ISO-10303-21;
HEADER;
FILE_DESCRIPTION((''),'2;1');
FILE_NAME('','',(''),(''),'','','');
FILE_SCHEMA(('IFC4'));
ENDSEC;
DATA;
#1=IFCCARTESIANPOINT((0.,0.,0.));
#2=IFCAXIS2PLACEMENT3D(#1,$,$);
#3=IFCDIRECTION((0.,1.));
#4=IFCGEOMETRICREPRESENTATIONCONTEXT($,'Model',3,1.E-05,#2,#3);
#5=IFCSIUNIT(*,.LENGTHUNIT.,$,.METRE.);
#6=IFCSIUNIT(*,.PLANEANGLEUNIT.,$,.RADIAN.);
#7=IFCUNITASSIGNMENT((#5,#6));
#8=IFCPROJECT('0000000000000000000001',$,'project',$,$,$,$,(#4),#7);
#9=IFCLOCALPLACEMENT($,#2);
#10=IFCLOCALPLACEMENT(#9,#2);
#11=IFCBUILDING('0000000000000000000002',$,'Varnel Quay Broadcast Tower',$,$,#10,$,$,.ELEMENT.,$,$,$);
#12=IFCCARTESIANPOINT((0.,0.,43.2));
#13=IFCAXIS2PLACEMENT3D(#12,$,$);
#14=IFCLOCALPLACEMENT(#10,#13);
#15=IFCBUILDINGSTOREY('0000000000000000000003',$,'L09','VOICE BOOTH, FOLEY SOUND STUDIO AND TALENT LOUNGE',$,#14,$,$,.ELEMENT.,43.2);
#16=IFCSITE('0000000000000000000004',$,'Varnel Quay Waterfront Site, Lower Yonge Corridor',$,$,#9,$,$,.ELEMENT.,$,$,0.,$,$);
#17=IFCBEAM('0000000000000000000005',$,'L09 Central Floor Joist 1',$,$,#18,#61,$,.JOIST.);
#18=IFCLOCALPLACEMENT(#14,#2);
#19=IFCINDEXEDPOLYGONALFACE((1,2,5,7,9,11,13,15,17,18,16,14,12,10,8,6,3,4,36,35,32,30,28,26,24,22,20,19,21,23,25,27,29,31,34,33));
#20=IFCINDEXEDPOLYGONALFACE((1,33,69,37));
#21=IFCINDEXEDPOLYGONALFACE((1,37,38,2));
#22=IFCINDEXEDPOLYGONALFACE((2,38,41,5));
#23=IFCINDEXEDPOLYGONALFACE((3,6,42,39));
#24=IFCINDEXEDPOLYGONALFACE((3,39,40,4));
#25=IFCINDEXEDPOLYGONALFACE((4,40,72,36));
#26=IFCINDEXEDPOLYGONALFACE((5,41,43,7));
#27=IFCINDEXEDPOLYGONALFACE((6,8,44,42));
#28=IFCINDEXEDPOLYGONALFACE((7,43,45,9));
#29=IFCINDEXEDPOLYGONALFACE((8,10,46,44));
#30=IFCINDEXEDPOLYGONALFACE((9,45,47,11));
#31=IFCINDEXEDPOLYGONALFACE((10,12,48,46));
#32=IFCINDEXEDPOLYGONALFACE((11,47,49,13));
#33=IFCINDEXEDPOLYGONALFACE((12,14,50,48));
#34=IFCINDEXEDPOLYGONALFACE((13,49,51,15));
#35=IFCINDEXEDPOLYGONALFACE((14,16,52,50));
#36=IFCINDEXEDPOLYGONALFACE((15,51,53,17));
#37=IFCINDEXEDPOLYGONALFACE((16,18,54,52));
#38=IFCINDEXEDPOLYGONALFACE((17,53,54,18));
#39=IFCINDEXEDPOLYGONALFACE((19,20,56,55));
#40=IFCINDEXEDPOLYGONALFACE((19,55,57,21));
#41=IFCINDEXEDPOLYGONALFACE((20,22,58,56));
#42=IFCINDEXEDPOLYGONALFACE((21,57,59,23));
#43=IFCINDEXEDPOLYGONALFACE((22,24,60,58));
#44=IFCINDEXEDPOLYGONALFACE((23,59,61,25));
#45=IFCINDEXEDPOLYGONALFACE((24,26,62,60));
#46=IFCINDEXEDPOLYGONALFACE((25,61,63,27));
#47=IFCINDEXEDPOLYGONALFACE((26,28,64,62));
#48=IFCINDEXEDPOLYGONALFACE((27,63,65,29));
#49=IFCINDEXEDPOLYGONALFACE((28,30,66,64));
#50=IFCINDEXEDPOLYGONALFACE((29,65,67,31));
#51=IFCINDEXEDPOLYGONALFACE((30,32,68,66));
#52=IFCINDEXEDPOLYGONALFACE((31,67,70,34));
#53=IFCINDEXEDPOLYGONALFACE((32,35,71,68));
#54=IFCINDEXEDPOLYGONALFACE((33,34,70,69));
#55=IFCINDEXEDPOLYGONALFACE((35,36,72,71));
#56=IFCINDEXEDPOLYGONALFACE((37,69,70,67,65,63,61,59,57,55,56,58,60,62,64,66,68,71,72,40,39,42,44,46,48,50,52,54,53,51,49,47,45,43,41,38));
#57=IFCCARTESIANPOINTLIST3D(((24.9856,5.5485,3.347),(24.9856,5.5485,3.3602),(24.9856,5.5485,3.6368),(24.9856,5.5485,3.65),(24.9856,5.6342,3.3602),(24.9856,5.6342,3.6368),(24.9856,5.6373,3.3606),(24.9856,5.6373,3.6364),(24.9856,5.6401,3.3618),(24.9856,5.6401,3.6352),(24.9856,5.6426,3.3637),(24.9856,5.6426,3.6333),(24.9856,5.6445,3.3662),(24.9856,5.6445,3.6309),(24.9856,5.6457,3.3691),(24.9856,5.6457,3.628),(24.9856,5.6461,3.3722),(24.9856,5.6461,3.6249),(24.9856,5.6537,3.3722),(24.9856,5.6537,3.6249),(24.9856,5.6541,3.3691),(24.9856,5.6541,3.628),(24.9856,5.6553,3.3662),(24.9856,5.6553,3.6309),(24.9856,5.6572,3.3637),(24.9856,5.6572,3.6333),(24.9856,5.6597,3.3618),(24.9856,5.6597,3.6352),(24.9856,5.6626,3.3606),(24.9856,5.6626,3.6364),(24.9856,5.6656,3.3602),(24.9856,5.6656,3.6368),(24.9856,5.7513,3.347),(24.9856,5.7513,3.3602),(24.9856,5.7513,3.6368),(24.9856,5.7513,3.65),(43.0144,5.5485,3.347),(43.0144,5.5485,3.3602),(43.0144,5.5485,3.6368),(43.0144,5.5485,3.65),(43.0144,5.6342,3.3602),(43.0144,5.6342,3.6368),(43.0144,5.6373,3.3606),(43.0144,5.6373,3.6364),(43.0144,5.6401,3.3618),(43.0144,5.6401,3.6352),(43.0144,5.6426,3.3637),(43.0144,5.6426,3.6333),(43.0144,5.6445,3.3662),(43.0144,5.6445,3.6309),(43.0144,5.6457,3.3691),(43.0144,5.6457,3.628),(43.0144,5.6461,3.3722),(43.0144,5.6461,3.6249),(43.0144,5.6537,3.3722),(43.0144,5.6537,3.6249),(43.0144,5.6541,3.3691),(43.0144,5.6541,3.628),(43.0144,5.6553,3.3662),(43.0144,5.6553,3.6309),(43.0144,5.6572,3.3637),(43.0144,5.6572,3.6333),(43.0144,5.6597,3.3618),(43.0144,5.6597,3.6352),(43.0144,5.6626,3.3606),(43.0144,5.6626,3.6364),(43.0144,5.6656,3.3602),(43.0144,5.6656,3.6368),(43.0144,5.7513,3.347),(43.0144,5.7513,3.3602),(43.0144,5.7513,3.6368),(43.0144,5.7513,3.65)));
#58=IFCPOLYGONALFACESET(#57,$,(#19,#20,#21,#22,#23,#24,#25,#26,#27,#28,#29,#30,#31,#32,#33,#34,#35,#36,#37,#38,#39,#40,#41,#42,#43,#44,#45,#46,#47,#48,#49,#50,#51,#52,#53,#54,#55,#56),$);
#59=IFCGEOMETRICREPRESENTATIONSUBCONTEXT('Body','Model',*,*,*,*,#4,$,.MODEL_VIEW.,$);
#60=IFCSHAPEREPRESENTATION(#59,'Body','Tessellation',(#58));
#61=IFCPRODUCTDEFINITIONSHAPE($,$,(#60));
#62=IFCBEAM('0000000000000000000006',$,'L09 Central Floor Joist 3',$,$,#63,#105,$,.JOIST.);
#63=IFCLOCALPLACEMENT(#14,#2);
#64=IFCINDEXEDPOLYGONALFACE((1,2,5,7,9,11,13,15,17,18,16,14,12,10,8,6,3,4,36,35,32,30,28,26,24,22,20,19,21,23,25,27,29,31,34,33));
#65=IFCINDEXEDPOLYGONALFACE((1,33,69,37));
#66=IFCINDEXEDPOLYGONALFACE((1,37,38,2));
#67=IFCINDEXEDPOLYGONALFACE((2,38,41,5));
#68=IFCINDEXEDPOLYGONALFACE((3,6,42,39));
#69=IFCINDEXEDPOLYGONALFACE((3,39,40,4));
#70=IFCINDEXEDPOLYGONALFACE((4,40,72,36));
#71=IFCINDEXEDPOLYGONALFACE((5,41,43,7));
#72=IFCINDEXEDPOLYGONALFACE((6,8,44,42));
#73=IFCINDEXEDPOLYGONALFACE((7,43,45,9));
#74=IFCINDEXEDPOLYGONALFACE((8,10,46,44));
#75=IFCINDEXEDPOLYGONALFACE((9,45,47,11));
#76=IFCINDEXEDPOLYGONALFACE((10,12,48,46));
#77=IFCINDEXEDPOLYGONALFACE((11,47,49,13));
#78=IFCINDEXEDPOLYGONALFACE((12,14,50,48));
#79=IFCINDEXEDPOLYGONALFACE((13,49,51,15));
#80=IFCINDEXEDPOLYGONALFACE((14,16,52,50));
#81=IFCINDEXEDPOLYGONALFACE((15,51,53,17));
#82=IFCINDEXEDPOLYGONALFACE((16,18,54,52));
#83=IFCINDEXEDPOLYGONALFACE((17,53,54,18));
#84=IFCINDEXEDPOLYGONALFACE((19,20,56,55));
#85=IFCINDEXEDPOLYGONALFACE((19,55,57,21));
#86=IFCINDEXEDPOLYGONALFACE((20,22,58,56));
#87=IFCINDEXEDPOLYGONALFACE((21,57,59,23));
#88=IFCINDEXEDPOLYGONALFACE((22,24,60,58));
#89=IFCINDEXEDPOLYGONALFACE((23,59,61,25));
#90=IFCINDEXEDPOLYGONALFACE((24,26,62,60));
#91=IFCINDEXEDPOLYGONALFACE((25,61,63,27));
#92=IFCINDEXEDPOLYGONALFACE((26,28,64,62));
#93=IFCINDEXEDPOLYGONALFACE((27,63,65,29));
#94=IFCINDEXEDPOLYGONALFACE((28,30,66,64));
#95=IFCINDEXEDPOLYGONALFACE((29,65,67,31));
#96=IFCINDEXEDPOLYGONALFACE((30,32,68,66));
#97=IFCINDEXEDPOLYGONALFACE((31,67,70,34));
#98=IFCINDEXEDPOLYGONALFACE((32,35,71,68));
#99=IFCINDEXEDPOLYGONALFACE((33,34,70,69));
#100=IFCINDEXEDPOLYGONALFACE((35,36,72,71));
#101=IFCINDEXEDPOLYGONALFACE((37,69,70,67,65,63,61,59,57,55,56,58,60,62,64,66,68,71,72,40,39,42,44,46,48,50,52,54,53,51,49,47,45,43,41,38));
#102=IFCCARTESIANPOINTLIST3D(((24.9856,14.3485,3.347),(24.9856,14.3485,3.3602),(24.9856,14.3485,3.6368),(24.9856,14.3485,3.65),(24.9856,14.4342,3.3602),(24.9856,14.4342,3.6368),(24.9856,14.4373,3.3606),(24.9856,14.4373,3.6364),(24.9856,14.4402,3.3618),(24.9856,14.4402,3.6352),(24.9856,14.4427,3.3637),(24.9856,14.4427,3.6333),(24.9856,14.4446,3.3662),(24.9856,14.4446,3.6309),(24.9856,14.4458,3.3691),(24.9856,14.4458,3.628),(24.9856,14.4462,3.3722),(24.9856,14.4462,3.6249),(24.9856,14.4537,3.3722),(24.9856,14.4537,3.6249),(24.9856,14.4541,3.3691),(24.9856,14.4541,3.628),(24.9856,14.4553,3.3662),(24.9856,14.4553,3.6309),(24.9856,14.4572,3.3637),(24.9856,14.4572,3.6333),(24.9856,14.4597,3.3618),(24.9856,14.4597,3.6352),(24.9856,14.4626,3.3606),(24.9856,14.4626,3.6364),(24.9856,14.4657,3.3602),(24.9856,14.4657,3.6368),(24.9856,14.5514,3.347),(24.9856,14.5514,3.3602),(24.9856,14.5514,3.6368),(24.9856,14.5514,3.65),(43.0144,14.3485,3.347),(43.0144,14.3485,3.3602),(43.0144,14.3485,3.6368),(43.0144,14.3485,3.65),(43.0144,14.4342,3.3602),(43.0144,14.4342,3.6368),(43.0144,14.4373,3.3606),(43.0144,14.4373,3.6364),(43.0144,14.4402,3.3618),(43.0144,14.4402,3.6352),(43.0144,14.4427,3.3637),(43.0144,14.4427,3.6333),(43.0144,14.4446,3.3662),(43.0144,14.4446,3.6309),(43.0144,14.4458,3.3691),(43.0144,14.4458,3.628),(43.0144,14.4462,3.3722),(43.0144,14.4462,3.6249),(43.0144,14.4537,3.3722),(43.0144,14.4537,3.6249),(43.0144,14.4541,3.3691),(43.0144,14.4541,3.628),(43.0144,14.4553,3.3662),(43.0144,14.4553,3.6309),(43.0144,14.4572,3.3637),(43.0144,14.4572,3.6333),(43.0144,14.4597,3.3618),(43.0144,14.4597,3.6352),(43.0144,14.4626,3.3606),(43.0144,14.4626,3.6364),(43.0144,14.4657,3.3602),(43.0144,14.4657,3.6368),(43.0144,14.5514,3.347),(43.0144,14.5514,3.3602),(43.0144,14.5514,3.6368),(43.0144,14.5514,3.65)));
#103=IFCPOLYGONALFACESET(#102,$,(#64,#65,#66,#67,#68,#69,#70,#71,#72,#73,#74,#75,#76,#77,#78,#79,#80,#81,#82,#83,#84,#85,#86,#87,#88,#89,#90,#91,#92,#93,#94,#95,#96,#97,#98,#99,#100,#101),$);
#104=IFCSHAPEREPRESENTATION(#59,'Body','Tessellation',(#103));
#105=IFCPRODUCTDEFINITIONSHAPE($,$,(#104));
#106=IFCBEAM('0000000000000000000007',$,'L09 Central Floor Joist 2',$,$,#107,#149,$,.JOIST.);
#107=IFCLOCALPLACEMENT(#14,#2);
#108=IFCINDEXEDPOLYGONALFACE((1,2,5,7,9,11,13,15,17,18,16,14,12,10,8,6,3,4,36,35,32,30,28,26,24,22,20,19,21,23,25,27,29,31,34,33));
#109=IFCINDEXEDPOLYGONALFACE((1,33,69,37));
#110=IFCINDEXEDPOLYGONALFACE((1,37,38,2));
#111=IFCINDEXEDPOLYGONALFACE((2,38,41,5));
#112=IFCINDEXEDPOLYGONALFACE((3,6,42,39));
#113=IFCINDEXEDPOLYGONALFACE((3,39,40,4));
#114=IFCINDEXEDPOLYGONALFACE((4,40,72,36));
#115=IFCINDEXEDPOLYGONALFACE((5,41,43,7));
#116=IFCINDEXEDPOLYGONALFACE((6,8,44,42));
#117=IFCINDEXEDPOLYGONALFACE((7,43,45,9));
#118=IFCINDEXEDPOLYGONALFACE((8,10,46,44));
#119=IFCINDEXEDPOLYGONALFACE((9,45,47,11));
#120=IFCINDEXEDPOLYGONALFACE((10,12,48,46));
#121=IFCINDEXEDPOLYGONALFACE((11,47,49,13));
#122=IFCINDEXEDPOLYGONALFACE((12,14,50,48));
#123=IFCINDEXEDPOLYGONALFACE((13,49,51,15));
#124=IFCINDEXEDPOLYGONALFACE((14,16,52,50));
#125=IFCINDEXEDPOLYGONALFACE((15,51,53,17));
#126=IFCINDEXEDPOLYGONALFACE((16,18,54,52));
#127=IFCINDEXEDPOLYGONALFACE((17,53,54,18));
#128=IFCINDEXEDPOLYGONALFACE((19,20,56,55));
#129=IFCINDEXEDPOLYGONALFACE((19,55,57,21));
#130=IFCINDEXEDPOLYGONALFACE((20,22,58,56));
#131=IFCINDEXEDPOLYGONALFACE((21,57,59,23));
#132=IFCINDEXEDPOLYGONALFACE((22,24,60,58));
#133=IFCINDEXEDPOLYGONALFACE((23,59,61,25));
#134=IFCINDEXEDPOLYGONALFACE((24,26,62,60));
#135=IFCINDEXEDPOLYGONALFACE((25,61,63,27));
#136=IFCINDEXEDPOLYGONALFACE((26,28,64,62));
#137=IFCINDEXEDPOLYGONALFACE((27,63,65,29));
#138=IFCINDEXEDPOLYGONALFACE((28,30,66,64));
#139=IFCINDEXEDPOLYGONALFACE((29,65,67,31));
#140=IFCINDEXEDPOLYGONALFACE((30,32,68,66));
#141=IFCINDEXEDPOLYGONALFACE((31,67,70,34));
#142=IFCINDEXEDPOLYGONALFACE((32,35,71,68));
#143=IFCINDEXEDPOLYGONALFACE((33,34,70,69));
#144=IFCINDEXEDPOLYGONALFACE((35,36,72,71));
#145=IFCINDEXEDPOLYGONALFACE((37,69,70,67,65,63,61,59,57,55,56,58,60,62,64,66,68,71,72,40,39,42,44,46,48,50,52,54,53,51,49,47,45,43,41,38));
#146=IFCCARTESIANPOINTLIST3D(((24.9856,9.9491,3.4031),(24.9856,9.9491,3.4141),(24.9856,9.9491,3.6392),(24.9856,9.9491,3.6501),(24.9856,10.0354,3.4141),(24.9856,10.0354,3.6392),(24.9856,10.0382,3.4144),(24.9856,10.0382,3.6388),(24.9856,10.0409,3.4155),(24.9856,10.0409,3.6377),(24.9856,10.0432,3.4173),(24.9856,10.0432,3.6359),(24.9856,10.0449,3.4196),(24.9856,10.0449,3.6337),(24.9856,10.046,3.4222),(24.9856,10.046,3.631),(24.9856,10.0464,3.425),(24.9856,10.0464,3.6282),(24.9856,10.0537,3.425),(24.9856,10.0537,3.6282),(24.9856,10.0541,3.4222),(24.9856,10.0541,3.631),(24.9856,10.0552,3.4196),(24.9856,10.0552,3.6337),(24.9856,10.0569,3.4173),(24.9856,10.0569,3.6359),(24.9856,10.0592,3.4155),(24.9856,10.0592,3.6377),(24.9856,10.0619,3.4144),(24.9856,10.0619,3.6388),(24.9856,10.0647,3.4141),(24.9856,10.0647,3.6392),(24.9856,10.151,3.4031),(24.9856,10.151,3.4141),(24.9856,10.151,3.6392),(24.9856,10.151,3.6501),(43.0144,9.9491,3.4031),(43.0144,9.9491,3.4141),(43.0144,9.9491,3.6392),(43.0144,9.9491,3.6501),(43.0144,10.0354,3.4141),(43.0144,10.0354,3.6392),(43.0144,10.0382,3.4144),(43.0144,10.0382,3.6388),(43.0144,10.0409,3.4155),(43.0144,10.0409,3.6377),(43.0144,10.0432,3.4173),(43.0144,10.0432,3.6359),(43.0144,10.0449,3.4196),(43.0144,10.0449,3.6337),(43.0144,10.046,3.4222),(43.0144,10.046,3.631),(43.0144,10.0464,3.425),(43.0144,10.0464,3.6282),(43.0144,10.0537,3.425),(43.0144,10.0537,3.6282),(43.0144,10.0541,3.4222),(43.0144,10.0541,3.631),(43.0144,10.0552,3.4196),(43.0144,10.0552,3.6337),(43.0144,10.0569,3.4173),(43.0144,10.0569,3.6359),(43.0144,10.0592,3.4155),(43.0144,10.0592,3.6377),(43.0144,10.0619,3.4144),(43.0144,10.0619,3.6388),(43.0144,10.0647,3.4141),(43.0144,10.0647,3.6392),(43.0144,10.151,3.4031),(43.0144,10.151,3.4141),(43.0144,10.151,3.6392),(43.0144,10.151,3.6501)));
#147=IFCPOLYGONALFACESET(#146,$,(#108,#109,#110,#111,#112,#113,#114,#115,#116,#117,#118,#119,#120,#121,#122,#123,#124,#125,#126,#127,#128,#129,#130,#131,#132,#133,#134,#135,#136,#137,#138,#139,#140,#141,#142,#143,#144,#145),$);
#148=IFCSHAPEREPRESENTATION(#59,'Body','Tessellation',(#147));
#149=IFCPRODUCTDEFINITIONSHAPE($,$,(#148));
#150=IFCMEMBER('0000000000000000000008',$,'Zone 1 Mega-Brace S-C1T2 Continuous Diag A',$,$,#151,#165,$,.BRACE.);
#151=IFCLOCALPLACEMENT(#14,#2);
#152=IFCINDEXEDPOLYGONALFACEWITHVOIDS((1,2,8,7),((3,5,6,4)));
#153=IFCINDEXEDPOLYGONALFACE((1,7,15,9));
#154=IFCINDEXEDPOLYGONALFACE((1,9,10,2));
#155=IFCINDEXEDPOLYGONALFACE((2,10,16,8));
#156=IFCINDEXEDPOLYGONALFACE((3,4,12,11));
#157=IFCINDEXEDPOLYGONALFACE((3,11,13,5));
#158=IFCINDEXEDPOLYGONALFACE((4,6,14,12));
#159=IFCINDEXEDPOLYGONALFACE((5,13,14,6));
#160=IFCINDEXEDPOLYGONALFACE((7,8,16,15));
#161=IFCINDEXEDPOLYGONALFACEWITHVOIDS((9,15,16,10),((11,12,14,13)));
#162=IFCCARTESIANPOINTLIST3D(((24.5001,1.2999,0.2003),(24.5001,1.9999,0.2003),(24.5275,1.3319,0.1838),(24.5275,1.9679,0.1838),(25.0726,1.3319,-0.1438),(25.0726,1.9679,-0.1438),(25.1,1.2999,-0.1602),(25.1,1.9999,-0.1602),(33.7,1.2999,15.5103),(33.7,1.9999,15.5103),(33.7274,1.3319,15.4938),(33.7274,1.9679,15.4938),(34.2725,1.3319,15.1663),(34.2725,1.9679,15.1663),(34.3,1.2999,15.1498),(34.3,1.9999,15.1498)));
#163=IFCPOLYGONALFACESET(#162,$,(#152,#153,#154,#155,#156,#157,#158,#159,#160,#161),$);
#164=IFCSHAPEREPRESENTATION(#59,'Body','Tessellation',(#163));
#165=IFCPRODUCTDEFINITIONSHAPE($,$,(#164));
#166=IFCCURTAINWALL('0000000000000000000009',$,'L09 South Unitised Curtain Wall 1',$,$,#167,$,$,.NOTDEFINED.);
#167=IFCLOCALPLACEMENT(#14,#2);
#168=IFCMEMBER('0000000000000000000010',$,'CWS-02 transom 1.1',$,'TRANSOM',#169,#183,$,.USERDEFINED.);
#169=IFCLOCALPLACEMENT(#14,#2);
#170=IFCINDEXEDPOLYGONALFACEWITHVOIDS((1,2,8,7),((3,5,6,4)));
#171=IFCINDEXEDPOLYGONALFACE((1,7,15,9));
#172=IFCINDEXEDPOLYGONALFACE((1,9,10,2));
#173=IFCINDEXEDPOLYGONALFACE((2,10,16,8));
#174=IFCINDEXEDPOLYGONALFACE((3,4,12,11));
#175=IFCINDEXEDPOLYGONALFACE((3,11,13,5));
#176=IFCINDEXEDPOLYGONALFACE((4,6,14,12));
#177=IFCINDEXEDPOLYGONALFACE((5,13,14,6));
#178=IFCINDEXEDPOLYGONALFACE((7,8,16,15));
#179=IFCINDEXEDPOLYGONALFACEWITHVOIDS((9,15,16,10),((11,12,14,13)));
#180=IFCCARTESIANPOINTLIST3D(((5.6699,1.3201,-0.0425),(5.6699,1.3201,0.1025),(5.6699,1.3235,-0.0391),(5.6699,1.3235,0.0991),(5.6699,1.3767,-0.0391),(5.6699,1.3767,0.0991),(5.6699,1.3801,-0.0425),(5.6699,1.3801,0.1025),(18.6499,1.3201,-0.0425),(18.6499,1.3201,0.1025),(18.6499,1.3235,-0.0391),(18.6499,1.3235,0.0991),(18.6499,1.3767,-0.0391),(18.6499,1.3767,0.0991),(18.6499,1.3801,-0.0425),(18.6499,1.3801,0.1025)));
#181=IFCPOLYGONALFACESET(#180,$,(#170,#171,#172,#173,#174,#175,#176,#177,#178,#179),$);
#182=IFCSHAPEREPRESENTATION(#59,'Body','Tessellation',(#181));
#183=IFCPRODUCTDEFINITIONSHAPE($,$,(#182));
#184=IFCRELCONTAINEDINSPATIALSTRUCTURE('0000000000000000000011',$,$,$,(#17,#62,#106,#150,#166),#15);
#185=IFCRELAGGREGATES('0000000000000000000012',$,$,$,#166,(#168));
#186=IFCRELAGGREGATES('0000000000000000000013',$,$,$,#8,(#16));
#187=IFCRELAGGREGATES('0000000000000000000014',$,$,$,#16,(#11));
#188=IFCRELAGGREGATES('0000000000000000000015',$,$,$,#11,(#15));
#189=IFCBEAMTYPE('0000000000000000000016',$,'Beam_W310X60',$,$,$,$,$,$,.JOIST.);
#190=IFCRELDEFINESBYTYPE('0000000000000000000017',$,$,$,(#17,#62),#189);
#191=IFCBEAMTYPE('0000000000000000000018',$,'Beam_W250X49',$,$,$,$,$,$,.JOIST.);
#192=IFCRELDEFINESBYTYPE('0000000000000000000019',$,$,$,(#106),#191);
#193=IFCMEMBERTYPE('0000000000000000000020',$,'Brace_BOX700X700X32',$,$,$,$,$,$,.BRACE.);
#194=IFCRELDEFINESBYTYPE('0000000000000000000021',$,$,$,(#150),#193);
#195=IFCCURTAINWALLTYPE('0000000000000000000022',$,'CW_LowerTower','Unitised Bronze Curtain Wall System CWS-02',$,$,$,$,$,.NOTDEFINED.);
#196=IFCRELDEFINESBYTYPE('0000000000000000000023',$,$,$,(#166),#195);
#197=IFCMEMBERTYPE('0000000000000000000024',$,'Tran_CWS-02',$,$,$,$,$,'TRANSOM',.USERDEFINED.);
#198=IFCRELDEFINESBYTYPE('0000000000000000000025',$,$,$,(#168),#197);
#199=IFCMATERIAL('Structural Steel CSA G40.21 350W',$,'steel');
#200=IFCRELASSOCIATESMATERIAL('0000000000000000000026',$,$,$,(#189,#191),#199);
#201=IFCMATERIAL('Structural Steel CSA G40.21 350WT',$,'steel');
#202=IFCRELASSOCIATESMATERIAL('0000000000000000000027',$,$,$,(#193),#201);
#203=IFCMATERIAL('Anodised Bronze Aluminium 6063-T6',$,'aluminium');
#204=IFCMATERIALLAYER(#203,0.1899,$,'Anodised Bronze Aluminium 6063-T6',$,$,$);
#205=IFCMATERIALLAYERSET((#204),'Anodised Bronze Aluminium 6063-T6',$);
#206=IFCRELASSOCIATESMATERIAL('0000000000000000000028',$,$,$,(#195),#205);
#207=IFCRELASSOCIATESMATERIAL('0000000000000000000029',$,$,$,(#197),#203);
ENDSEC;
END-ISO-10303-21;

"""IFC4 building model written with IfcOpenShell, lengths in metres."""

from ifc_helpers import new_model, si_unit, direction, frame, origin, origin_2d, place, context, subcontext, project, spatial, hollow_rectangle, i_section, extrude, source, transform, mapped, material, layer, layer_set, material_profile, profile_set, type_object, type_shapes, element, aggregate, save


model = new_model("IFC4")

# Units and contexts
model_context = context("Model", 3, precision=1e-05, world=origin(), true_north=direction((0.0, 1.0)))
body_context = subcontext(model_context, "Body", "Model", "MODEL_VIEW")
ifc_project = project(units=[si_unit("LENGTHUNIT", "METRE"), si_unit("PLANEANGLEUNIT", "RADIAN")], contexts=[model_context])

# Site, building, storey
site_placement = place(None, origin())
site = spatial("IfcSite", under=ifc_project, at=site_placement, Name="Varnel Quay Waterfront Site, Lower Yonge Corridor", CompositionType="ELEMENT", RefElevation=0.0)
building_placement = place(site_placement, origin())
building = spatial("IfcBuilding", under=site, at=building_placement, Name="Varnel Quay Broadcast Tower", CompositionType="ELEMENT")
storey_placement = place(building_placement, frame((0.0, 0.0, 43.2)))
storey = spatial("IfcBuildingStorey", under=building, at=storey_placement, Name="L09", Description="VOICE BOOTH, FOLEY SOUND STUDIO AND TALENT LOUNGE", CompositionType="ELEMENT", Elevation=43.2)

# Shared definitions
ifc_material_1 = material(Name="Structural Steel CSA G40.21 350WT", Category="steel")
ifc_material_2 = material(Name="Structural Steel CSA G40.21 350W", Category="steel")

# Beams
ifc_material_profile_1 = material_profile(ifc_material_2, i_section(OverallWidth=0.2029, OverallDepth=0.303, WebThickness=0.0076, FlangeThickness=0.0132, FilletRadius=0.012, at=origin_2d()), Name="W310X60")
ifc_profile_set_1 = profile_set([ifc_material_profile_1], Name="Structural Steel CSA G40.21 350W")
beam_type_1 = type_object("IfcBeamType", Name="Beam_W310X60", PredefinedType="JOIST", material=ifc_profile_set_1)
shared_shape_1 = source(origin(), body_context, "Body", "SweptSolid", [
    extrude(i_section(OverallWidth=0.2029, OverallDepth=0.303, WebThickness=0.0076, FlangeThickness=0.0132, FilletRadius=0.012, at=origin_2d()), origin(), (0.0, 0.0, 1.0), 18.0288),
])
type_shapes(beam_type_1, [shared_shape_1])
for number, where, z_axis, x_axis, name in (
    (1, (24.9856, 5.6499, 3.4985), (1.0, 0.0, 0.0), (0.0, 1.0, 0.0), "L09 Central Floor Joist 1"),
    (2, (24.9856, 14.45, 3.4985), (1.0, 0.0, 0.0), (0.0, 1.0, 0.0), "L09 Central Floor Joist 3"),
):
    element("IfcBeam", number, at=place(storey_placement, frame(where, z_axis=z_axis, x_axis=x_axis)), inside=storey, type_object=beam_type_1, Name=name, PredefinedType="JOIST", context=body_context, shape_type="MappedRepresentation", body=[
        mapped(shared_shape_1, transform((0.0, 0.0, 0.0), x_axis=(1.0, 0.0, 0.0), y_axis=(0.0, 1.0, 0.0), z_axis=(0.0, 0.0, 1.0), scale=1.0)),
    ])
ifc_material_profile_2 = material_profile(ifc_material_2, i_section(OverallWidth=0.2019, OverallDepth=0.2471, WebThickness=0.0073, FlangeThickness=0.011, FilletRadius=0.011, at=origin_2d()), Name="W250X49")
ifc_profile_set_2 = profile_set([ifc_material_profile_2], Name="Structural Steel CSA G40.21 350W")
beam_type_2 = type_object("IfcBeamType", Name="Beam_W250X49", PredefinedType="JOIST", material=ifc_profile_set_2)
shared_shape_2 = source(origin(), body_context, "Body", "SweptSolid", [
    extrude(i_section(OverallWidth=0.2019, OverallDepth=0.2471, WebThickness=0.0073, FlangeThickness=0.011, FilletRadius=0.011, at=origin_2d()), origin(), (0.0, 0.0, 1.0), 18.0288),
])
type_shapes(beam_type_2, [shared_shape_2])
beam_1_placement = place(storey_placement, frame((24.9856, 10.05, 3.5266), z_axis=(1.0, 0.0, 0.0), x_axis=(0.0, 1.0, 0.0)))
element("IfcBeam", 3, at=beam_1_placement, inside=storey, type_object=beam_type_2, Name="L09 Central Floor Joist 2", PredefinedType="JOIST", context=body_context, shape_type="MappedRepresentation", body=[
    mapped(shared_shape_2, transform((0.0, 0.0, 0.0), x_axis=(1.0, 0.0, 0.0), y_axis=(0.0, 1.0, 0.0), z_axis=(0.0, 0.0, 1.0), scale=1.0)),
])

# Member
ifc_material_profile_3 = material_profile(ifc_material_1, hollow_rectangle(XDim=0.7, YDim=0.7, WallThickness=0.032, at=origin_2d()), Name="BOX700X700X32")
ifc_profile_set_3 = profile_set([ifc_material_profile_3], Name="Structural Steel CSA G40.21 350WT")
member_type_1 = type_object("IfcMemberType", Name="Brace_BOX700X700X32", PredefinedType="BRACE", material=ifc_profile_set_3)
shared_shape_3 = source(origin(), body_context, "Body", "SweptSolid", [
    extrude(hollow_rectangle(XDim=0.7, YDim=0.7, WallThickness=0.032, at=origin_2d()), origin(), (0.0, 0.0, 1.0), 17.8616),
])
type_shapes(member_type_1, [shared_shape_3])
member_1_placement = place(storey_placement, frame((24.8, 1.6499, 0.02), z_axis=(0.515069, 0.0, 0.857149), x_axis=(0.0, 1.0, 0.0)))
element("IfcMember", 4, at=member_1_placement, inside=storey, type_object=member_type_1, Name="Zone 1 Mega-Brace S-C1T2 Continuous Diag A", PredefinedType="BRACE", context=body_context, shape_type="MappedRepresentation", body=[
    mapped(shared_shape_3, transform((0.0, 0.0, 0.0), x_axis=(1.0, 0.0, 0.0), y_axis=(0.0, 1.0, 0.0), z_axis=(0.0, 0.0, 1.0), scale=1.0)),
])

# Curtain wall, member
ifc_material_3 = material(Name="Anodised Bronze Aluminium 6063-T6", Category="aluminium")
ifc_layer_1 = layer(ifc_material_3, 0.1899, Name="Anodised Bronze Aluminium 6063-T6")
ifc_layer_set_1 = layer_set([ifc_layer_1], Name="Anodised Bronze Aluminium 6063-T6")
curtain_wall_type_1 = type_object("IfcCurtainWallType", Name="CW_LowerTower", Description="Unitised Bronze Curtain Wall System CWS-02", PredefinedType="NOTDEFINED", material=ifc_layer_set_1)
curtain_wall_1_placement = place(storey_placement, origin())
curtain_wall_1 = element("IfcCurtainWall", 5, at=curtain_wall_1_placement, inside=storey, type_object=curtain_wall_type_1, Name="L09 South Unitised Curtain Wall 1", PredefinedType="NOTDEFINED")
ifc_material_profile_4 = material_profile(ifc_material_3, hollow_rectangle(XDim=0.0601, YDim=0.145, WallThickness=0.0034, at=origin_2d()), Name="ALU60X145X3.5")
ifc_profile_set_4 = profile_set([ifc_material_profile_4], Name="Anodised Bronze Aluminium 6063-T6")
member_type_2 = type_object("IfcMemberType", Name="Tran_CWS-02", ElementType="TRANSOM", PredefinedType="USERDEFINED", material=ifc_profile_set_4)
shared_shape_4 = source(origin(), body_context, "Body", "SweptSolid", [
    extrude(hollow_rectangle(XDim=0.0601, YDim=0.145, WallThickness=0.0034, at=origin_2d()), origin(), (0.0, 0.0, 1.0), 12.98),
])
member_2_placement = place(storey_placement, frame((5.6699, 1.3501, 0.03), z_axis=(1.0, 0.0, 0.0), x_axis=(0.0, 1.0, 0.0)))
member_2 = element("IfcMember", 6, at=member_2_placement, type_object=member_type_2, Name="CWS-02 transom 1.1", ObjectType="TRANSOM", PredefinedType="USERDEFINED", context=body_context, shape_type="MappedRepresentation", body=[
    mapped(shared_shape_4, transform((0.0, 0.0, 0.0), x_axis=(1.0, 0.0, 0.0), y_axis=(0.0, 1.0, 0.0), z_axis=(0.0, 0.0, 1.0), scale=1.0)),
])

aggregate(curtain_wall_1, [member_2])

save(model, "model.ifc")
